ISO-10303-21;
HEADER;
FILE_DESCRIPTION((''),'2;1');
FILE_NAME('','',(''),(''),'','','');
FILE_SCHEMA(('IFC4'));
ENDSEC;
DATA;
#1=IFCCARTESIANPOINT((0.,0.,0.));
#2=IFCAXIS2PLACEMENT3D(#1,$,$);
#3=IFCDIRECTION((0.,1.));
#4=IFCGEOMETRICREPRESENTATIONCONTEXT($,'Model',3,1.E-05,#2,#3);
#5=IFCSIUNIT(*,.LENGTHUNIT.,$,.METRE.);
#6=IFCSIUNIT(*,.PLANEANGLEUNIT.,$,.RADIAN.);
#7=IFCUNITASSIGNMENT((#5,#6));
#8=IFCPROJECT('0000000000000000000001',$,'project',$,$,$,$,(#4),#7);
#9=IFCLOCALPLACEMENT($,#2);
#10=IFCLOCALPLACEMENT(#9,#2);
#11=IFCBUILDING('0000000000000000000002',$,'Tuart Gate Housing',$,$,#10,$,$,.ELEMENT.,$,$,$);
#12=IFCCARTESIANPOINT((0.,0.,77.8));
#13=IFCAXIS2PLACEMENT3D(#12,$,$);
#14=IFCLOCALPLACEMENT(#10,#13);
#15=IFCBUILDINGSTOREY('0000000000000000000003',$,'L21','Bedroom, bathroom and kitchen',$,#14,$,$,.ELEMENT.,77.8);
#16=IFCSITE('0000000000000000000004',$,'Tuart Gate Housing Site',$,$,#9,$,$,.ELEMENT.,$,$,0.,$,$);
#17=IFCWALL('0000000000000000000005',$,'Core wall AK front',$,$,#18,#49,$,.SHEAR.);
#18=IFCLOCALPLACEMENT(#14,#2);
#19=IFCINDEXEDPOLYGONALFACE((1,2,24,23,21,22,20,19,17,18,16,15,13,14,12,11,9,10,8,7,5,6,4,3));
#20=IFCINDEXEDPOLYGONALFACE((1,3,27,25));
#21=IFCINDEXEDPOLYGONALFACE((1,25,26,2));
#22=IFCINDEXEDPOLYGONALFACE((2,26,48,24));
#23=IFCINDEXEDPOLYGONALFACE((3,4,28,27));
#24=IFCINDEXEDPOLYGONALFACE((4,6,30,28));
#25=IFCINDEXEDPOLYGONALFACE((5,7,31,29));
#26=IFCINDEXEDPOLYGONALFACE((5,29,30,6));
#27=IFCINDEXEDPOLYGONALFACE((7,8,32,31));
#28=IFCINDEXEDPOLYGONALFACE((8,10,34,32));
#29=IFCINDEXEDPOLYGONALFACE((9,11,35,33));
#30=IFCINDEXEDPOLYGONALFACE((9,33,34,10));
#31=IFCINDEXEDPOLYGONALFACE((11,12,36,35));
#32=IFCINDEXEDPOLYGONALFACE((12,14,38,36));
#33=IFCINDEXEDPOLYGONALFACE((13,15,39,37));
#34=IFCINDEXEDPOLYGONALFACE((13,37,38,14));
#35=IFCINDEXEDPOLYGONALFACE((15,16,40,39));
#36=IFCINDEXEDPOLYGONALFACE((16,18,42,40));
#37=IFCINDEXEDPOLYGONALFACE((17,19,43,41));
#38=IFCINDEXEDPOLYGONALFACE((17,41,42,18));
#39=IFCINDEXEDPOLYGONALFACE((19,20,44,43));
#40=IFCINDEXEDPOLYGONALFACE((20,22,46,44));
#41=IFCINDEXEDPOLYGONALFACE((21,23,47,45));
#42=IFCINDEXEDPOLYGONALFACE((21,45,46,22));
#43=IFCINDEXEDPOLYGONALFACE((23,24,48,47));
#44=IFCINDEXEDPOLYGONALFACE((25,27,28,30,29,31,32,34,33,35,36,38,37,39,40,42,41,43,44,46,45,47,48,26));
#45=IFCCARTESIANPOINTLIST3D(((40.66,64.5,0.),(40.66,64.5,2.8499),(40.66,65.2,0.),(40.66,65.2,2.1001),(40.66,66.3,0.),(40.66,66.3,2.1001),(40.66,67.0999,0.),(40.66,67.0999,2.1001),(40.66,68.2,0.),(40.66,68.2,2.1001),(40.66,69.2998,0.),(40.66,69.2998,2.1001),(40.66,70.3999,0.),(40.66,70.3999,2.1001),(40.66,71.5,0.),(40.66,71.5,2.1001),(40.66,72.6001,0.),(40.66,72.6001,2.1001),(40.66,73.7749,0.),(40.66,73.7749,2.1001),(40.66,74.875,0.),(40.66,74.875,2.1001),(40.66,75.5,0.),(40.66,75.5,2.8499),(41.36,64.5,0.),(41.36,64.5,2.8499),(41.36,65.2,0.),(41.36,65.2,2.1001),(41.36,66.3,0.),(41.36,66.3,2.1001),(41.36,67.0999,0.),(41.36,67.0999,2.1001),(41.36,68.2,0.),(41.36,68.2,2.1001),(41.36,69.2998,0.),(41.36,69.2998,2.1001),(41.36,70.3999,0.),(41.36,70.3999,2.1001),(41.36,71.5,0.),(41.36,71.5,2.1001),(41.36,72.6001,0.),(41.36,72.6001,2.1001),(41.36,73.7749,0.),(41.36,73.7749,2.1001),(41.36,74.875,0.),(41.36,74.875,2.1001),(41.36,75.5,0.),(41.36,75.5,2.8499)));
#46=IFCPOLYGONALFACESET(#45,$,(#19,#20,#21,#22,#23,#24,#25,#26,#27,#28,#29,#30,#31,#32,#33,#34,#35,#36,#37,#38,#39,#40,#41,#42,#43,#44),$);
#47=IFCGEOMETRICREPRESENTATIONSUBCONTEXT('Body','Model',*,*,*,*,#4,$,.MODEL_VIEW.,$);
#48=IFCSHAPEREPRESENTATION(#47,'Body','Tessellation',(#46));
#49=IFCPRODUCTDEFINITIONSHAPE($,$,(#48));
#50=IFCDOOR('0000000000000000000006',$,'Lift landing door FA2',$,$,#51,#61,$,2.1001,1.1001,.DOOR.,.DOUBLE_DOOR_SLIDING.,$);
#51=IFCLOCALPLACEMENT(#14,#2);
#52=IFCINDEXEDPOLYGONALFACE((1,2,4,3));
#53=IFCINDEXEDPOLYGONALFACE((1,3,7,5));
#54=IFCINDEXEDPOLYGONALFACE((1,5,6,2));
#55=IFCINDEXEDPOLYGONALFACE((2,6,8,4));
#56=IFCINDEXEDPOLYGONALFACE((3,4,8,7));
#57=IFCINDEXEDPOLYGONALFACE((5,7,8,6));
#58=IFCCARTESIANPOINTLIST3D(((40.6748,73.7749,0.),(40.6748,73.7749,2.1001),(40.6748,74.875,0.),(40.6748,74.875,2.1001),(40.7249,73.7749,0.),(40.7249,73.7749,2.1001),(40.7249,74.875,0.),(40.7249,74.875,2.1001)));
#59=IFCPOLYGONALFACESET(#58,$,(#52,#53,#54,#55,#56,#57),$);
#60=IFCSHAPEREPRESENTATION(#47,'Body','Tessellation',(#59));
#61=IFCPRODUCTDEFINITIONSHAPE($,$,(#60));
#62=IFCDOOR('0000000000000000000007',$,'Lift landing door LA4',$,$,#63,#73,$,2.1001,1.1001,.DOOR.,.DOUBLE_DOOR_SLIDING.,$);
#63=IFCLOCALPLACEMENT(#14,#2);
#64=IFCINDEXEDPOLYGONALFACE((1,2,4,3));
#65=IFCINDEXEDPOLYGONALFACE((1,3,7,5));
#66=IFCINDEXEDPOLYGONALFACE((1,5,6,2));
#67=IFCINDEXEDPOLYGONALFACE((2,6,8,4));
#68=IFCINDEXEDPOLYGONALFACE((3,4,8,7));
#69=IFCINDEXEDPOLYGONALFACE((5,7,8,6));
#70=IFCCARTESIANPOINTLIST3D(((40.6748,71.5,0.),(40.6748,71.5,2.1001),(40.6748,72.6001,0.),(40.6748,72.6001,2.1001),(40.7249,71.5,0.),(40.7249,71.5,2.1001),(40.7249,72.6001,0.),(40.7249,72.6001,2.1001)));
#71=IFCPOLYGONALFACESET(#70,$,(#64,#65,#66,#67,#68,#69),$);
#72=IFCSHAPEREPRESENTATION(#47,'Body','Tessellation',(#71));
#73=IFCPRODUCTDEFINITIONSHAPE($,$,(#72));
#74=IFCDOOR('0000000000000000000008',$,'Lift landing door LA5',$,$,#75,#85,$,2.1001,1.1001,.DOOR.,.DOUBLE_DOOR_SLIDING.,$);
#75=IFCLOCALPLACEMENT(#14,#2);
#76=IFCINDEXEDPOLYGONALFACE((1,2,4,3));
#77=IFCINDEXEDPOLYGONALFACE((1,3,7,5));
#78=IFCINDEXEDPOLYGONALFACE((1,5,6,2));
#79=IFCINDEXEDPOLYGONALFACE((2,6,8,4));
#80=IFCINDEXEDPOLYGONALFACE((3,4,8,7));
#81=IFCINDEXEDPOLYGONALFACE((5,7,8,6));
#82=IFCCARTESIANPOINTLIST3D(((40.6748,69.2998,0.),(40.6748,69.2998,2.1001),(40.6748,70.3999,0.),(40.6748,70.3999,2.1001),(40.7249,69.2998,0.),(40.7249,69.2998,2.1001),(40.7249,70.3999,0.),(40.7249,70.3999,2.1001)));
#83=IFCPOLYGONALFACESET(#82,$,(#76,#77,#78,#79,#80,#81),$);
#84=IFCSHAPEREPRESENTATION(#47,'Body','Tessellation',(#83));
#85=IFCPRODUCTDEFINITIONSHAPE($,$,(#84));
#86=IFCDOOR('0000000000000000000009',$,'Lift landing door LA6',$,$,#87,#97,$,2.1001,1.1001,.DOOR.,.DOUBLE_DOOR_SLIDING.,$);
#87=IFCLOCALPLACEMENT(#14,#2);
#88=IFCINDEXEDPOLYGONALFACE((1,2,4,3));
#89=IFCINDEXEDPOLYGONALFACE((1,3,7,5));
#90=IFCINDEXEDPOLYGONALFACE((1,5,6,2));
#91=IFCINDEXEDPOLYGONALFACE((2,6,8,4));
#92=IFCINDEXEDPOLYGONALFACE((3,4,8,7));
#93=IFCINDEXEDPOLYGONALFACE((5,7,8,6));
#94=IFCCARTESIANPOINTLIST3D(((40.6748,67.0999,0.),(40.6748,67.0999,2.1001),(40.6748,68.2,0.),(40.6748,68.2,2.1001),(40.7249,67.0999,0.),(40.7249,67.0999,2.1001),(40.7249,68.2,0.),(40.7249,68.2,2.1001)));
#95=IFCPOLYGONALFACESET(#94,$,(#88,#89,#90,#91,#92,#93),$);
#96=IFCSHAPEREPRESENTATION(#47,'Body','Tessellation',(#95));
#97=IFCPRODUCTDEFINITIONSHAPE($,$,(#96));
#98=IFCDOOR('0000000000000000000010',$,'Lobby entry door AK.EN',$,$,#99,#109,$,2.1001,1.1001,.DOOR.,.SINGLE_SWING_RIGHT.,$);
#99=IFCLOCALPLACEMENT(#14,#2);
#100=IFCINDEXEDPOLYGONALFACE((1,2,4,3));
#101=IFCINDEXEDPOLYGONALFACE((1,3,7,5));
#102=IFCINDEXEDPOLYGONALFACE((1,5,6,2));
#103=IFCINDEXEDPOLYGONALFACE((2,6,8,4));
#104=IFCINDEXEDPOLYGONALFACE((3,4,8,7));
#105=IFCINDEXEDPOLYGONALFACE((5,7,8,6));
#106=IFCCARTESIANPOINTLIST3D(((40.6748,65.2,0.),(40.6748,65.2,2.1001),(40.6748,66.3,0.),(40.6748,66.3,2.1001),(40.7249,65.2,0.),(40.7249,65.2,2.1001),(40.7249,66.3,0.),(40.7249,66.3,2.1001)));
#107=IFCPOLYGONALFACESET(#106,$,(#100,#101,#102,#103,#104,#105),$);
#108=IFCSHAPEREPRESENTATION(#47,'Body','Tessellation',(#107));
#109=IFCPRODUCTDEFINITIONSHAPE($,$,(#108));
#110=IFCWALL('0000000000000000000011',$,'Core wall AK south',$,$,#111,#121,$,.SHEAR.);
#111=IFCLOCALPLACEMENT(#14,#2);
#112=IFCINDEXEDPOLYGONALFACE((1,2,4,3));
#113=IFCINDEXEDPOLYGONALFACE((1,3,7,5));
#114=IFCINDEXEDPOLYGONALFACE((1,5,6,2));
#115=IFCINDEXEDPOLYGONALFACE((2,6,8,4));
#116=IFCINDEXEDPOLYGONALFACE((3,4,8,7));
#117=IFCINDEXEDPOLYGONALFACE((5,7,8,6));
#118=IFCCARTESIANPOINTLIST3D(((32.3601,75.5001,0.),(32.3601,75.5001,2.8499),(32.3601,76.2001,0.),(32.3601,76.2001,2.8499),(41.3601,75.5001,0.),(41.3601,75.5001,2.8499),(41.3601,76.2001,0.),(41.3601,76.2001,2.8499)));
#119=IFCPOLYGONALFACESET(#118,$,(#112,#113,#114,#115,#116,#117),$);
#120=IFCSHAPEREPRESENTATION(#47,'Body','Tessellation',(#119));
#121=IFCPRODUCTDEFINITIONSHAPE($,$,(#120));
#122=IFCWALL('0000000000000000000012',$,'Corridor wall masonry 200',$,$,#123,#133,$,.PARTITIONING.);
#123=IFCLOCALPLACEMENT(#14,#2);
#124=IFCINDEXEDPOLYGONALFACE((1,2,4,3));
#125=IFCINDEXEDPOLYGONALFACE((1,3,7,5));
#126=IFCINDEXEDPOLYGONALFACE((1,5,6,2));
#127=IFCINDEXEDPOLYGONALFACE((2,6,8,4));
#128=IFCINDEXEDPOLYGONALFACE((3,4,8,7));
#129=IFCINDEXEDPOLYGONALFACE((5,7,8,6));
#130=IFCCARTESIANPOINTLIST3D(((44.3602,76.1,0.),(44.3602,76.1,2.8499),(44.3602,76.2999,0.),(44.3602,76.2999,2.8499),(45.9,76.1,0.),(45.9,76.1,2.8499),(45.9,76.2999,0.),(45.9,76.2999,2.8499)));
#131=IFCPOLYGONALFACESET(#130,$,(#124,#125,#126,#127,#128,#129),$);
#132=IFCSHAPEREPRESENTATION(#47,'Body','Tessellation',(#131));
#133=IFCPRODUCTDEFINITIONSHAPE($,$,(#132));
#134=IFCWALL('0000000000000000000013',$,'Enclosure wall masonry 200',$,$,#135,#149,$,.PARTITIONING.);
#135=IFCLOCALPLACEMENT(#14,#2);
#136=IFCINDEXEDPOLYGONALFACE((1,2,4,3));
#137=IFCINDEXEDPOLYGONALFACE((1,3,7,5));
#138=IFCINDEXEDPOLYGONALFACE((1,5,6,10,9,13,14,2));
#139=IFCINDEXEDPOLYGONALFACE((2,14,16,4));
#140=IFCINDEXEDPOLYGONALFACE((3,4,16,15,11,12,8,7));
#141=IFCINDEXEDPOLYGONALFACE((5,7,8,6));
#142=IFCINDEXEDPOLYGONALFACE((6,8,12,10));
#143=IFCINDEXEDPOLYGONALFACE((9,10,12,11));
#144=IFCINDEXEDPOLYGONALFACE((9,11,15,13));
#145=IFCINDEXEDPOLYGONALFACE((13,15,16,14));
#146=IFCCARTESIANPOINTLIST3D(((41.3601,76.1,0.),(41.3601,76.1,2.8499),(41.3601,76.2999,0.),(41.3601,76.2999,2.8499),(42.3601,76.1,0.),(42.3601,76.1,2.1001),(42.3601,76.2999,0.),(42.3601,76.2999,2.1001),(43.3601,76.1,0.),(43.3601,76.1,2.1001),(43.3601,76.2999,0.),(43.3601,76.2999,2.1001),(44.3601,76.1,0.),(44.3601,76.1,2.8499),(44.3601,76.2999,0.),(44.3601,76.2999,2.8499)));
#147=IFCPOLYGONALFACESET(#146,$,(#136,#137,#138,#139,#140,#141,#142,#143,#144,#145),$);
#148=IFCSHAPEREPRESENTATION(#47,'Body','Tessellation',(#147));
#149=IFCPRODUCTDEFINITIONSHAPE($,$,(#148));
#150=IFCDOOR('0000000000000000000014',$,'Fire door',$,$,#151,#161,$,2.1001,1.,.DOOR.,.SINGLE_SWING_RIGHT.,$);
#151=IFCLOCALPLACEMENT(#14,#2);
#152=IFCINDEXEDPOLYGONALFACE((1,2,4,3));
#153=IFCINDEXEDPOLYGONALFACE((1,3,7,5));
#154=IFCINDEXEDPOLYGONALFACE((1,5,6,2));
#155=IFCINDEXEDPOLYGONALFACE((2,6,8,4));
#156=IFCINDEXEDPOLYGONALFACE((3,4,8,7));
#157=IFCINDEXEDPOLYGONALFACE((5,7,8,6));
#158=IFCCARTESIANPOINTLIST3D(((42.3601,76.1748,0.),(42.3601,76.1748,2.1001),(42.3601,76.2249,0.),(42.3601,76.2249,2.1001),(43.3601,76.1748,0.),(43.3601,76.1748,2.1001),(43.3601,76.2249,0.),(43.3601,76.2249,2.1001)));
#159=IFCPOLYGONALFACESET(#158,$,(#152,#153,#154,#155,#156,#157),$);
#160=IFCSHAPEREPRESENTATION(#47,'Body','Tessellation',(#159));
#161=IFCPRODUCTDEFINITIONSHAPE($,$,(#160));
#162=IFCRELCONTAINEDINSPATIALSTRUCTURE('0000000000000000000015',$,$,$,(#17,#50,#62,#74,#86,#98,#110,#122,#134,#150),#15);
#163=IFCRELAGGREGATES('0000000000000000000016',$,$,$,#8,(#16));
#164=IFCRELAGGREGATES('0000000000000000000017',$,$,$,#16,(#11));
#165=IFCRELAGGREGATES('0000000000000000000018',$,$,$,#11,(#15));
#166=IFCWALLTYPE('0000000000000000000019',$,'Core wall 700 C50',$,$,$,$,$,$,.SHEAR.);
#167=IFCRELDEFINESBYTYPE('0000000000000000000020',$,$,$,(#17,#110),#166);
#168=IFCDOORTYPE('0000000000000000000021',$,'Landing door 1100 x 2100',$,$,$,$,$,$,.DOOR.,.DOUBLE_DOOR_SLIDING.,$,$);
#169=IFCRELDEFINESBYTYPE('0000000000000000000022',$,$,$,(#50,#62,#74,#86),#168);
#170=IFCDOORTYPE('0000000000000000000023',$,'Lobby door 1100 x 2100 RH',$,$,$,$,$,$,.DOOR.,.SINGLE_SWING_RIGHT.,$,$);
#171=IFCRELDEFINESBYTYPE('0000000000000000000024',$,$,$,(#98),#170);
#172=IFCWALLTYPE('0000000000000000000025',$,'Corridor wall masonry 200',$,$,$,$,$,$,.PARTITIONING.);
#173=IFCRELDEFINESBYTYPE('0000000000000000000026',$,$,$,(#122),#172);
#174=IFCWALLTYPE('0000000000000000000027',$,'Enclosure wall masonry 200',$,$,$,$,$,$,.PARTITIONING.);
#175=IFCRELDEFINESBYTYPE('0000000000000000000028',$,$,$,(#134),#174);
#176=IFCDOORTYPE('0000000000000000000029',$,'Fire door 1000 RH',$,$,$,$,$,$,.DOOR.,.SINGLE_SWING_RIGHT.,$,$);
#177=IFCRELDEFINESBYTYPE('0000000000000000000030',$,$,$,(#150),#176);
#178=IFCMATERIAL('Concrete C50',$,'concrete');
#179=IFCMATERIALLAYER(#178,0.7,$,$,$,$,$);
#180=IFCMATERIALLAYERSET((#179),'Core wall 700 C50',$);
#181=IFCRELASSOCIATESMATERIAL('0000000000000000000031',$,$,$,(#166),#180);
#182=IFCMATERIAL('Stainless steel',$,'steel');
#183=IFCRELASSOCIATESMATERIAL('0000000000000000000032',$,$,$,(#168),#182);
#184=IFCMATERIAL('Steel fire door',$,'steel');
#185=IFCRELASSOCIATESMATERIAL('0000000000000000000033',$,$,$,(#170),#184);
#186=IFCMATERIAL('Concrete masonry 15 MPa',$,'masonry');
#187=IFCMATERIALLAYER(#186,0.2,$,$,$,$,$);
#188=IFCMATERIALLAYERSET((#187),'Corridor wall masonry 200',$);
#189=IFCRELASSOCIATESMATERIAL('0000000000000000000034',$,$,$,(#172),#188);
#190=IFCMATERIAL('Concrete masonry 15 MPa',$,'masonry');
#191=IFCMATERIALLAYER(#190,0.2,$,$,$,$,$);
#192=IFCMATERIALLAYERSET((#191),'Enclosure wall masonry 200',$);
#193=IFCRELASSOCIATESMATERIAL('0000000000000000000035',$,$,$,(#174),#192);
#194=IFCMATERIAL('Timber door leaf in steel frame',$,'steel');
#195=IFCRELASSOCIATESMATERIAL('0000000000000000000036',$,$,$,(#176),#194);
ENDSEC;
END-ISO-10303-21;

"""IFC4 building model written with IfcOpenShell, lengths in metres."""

from ifc_helpers import new_model, si_unit, direction, frame, frame_2d, origin, place, context, subcontext, project, spatial, rectangle, extrude, material, layer, layer_set, type_object, element, fill, save


model = new_model("IFC4")

# Units and contexts
model_context = context("Model", 3, precision=1e-05, world=origin(), true_north=direction((0.0, 1.0)))
body_context = subcontext(model_context, "Body", "Model", "MODEL_VIEW")
ifc_project = project(units=[si_unit("LENGTHUNIT", "METRE"), si_unit("PLANEANGLEUNIT", "RADIAN")], contexts=[model_context])

# Site, building, storey
site_placement = place(None, origin())
site = spatial("IfcSite", under=ifc_project, at=site_placement, Name="Tuart Gate Housing Site", CompositionType="ELEMENT", RefElevation=0.0)
building_placement = place(site_placement, origin())
building = spatial("IfcBuilding", under=site, at=building_placement, Name="Tuart Gate Housing", CompositionType="ELEMENT")
storey_placement = place(building_placement, frame((0.0, 0.0, 77.8)))
storey = spatial("IfcBuildingStorey", under=building, at=storey_placement, Name="L21", Description="Bedroom, bathroom and kitchen", CompositionType="ELEMENT", Elevation=77.8)

# Wall, openings, doors
ifc_material_1 = material(Name="Concrete C50", Category="concrete")
ifc_layer_1 = layer(ifc_material_1, 0.7)
ifc_layer_set_1 = layer_set([ifc_layer_1], Name="Core wall 700 C50")
wall_type_1 = type_object("IfcWallType", Name="Core wall 700 C50", PredefinedType="SHEAR", material=ifc_layer_set_1)
wall_1_placement = place(storey_placement, frame((41.01, 75.5, 0.0), z_axis=(0.0, 0.0, 1.0), x_axis=(0.0, -1.0, 0.0)))
wall_1 = element("IfcWall", 1, at=wall_1_placement, inside=storey, type_object=wall_type_1, Name="Core wall AK front", PredefinedType="SHEAR", context=body_context, shape_type="SweptSolid", body=[
    extrude(rectangle(XDim=11.0, YDim=0.7, at=frame_2d((5.5, 0.0))), origin(), (0.0, 0.0, 1.0), 2.8499),
])
opening_1_placement = place(wall_1_placement, frame((0.625, 0.0, 0.0)))
opening_1 = element("IfcOpeningElement", 2, at=opening_1_placement, cuts=wall_1, PredefinedType="OPENING", context=body_context, shape_type="SweptSolid", body=[
    extrude(rectangle(XDim=1.1001, YDim=2.1001, at=frame_2d((0.55, 1.05))), frame((0.0, 0.3599, 0.0), z_axis=(0.0, -1.0, 0.0), x_axis=(1.0, 0.0, 0.0)), (0.0, 0.0, 1.0), 0.72),
])
opening_2_placement = place(wall_1_placement, frame((2.8999, 0.0, 0.0)))
opening_2 = element("IfcOpeningElement", 3, at=opening_2_placement, cuts=wall_1, PredefinedType="OPENING", context=body_context, shape_type="SweptSolid", body=[
    extrude(rectangle(XDim=1.1001, YDim=2.1001, at=frame_2d((0.55, 1.05))), frame((0.0, 0.3599, 0.0), z_axis=(0.0, -1.0, 0.0), x_axis=(1.0, 0.0, 0.0)), (0.0, 0.0, 1.0), 0.72),
])
opening_3_placement = place(wall_1_placement, frame((5.1001, 0.0, 0.0)))
opening_3 = element("IfcOpeningElement", 4, at=opening_3_placement, cuts=wall_1, PredefinedType="OPENING", context=body_context, shape_type="SweptSolid", body=[
    extrude(rectangle(XDim=1.1001, YDim=2.1001, at=frame_2d((0.55, 1.05))), frame((0.0, 0.3599, 0.0), z_axis=(0.0, -1.0, 0.0), x_axis=(1.0, 0.0, 0.0)), (0.0, 0.0, 1.0), 0.72),
])
opening_4_placement = place(wall_1_placement, frame((7.3, 0.0, 0.0)))
opening_4 = element("IfcOpeningElement", 5, at=opening_4_placement, cuts=wall_1, PredefinedType="OPENING", context=body_context, shape_type="SweptSolid", body=[
    extrude(rectangle(XDim=1.1001, YDim=2.1001, at=frame_2d((0.55, 1.05))), frame((0.0, 0.3599, 0.0), z_axis=(0.0, -1.0, 0.0), x_axis=(1.0, 0.0, 0.0)), (0.0, 0.0, 1.0), 0.72),
])
opening_5_placement = place(wall_1_placement, frame((9.2, 0.0, 0.0)))
opening_5 = element("IfcOpeningElement", 6, at=opening_5_placement, cuts=wall_1, PredefinedType="OPENING", context=body_context, shape_type="SweptSolid", body=[
    extrude(rectangle(XDim=1.1001, YDim=2.1001, at=frame_2d((0.55, 1.05))), frame((0.0, 0.3599, 0.0), z_axis=(0.0, -1.0, 0.0), x_axis=(1.0, 0.0, 0.0)), (0.0, 0.0, 1.0), 0.72),
])
ifc_material_2 = material(Name="Stainless steel", Category="steel")
door_type_1 = type_object("IfcDoorType", Name="Landing door 1100 x 2100", OperationType="DOUBLE_DOOR_SLIDING", PredefinedType="DOOR", material=ifc_material_2)
door_1_placement = place(opening_1_placement, origin())
door_1 = element("IfcDoor", 7, at=door_1_placement, inside=storey, type_object=door_type_1, Name="Lift landing door FA2", OperationType="DOUBLE_DOOR_SLIDING", OverallHeight=2.1001, OverallWidth=1.1001, PredefinedType="DOOR", context=body_context, shape_type="SweptSolid", body=[
    extrude(rectangle(XDim=1.1001, YDim=2.1001, at=frame_2d((0.55, 1.05))), frame((0.0, -0.2852, 0.0), z_axis=(0.0, -1.0, 0.0), x_axis=(1.0, 0.0, 0.0)), (0.0, 0.0, 1.0), 0.05),
])
fill(opening_1, door_1)
door_2_placement = place(opening_2_placement, origin())
door_2 = element("IfcDoor", 8, at=door_2_placement, inside=storey, type_object=door_type_1, Name="Lift landing door LA4", OperationType="DOUBLE_DOOR_SLIDING", OverallHeight=2.1001, OverallWidth=1.1001, PredefinedType="DOOR", context=body_context, shape_type="SweptSolid", body=[
    extrude(rectangle(XDim=1.1001, YDim=2.1001, at=frame_2d((0.55, 1.05))), frame((0.0, -0.2852, 0.0), z_axis=(0.0, -1.0, 0.0), x_axis=(1.0, 0.0, 0.0)), (0.0, 0.0, 1.0), 0.05),
])
fill(opening_2, door_2)
door_3_placement = place(opening_3_placement, origin())
door_3 = element("IfcDoor", 9, at=door_3_placement, inside=storey, type_object=door_type_1, Name="Lift landing door LA5", OperationType="DOUBLE_DOOR_SLIDING", OverallHeight=2.1001, OverallWidth=1.1001, PredefinedType="DOOR", context=body_context, shape_type="SweptSolid", body=[
    extrude(rectangle(XDim=1.1001, YDim=2.1001, at=frame_2d((0.55, 1.05))), frame((0.0, -0.2852, 0.0), z_axis=(0.0, -1.0, 0.0), x_axis=(1.0, 0.0, 0.0)), (0.0, 0.0, 1.0), 0.05),
])
fill(opening_3, door_3)
door_4_placement = place(opening_4_placement, origin())
door_4 = element("IfcDoor", 10, at=door_4_placement, inside=storey, type_object=door_type_1, Name="Lift landing door LA6", OperationType="DOUBLE_DOOR_SLIDING", OverallHeight=2.1001, OverallWidth=1.1001, PredefinedType="DOOR", context=body_context, shape_type="SweptSolid", body=[
    extrude(rectangle(XDim=1.1001, YDim=2.1001, at=frame_2d((0.55, 1.05))), frame((0.0, -0.2852, 0.0), z_axis=(0.0, -1.0, 0.0), x_axis=(1.0, 0.0, 0.0)), (0.0, 0.0, 1.0), 0.05),
])
fill(opening_4, door_4)
ifc_material_3 = material(Name="Steel fire door", Category="steel")
door_type_2 = type_object("IfcDoorType", Name="Lobby door 1100 x 2100 RH", OperationType="SINGLE_SWING_RIGHT", PredefinedType="DOOR", material=ifc_material_3)
door_5_placement = place(opening_5_placement, frame((1.1001, 0.0, 0.0), z_axis=(0.0, 0.0, 1.0), x_axis=(-1.0, 0.0, 0.0)))
door_5 = element("IfcDoor", 11, at=door_5_placement, inside=storey, type_object=door_type_2, Name="Lobby entry door AK.EN", OperationType="SINGLE_SWING_RIGHT", OverallHeight=2.1001, OverallWidth=1.1001, PredefinedType="DOOR", context=body_context, shape_type="SweptSolid", body=[
    extrude(rectangle(XDim=1.1001, YDim=2.1001, at=frame_2d((0.55, 1.05))), frame((0.0, 0.3352, 0.0), z_axis=(0.0, -1.0, 0.0), x_axis=(1.0, 0.0, 0.0)), (0.0, 0.0, 1.0), 0.05),
])
fill(opening_5, door_5)

# Walls
wall_2_placement = place(storey_placement, frame((41.3601, 75.8501, 0.0), z_axis=(0.0, 0.0, 1.0), x_axis=(-1.0, 0.0, 0.0)))
element("IfcWall", 12, at=wall_2_placement, inside=storey, type_object=wall_type_1, Name="Core wall AK south", PredefinedType="SHEAR", context=body_context, shape_type="SweptSolid", body=[
    extrude(rectangle(XDim=9.0, YDim=0.7, at=frame_2d((4.5, 0.0))), origin(), (0.0, 0.0, 1.0), 2.8499),
])
ifc_material_4 = material(Name="Concrete masonry 15 MPa", Category="masonry")
ifc_layer_2 = layer(ifc_material_4, 0.2)
ifc_layer_set_2 = layer_set([ifc_layer_2], Name="Corridor wall masonry 200")
wall_type_2 = type_object("IfcWallType", Name="Corridor wall masonry 200", PredefinedType="PARTITIONING", material=ifc_layer_set_2)
wall_3_placement = place(storey_placement, frame((44.3601, 76.2, 0.0), z_axis=(0.0, 0.0, 1.0), x_axis=(1.0, 0.0, 0.0)))
element("IfcWall", 13, at=wall_3_placement, inside=storey, type_object=wall_type_2, Name="Corridor wall masonry 200", PredefinedType="PARTITIONING", context=body_context, shape_type="SweptSolid", body=[
    extrude(rectangle(XDim=1.5398, YDim=0.2, at=frame_2d((0.77, 0.0))), origin(), (0.0, 0.0, 1.0), 2.8499),
])

# Wall, opening, door
ifc_material_5 = material(Name="Concrete masonry 15 MPa", Category="masonry")
ifc_layer_3 = layer(ifc_material_5, 0.2)
ifc_layer_set_3 = layer_set([ifc_layer_3], Name="Enclosure wall masonry 200")
wall_type_3 = type_object("IfcWallType", Name="Enclosure wall masonry 200", PredefinedType="PARTITIONING", material=ifc_layer_set_3)
wall_4_placement = place(storey_placement, frame((41.3601, 76.2, 0.0), z_axis=(0.0, 0.0, 1.0), x_axis=(1.0, 0.0, 0.0)))
wall_4 = element("IfcWall", 14, at=wall_4_placement, inside=storey, type_object=wall_type_3, Name="Enclosure wall masonry 200", PredefinedType="PARTITIONING", context=body_context, shape_type="SweptSolid", body=[
    extrude(rectangle(XDim=3.0, YDim=0.2, at=frame_2d((1.5, 0.0))), origin(), (0.0, 0.0, 1.0), 2.8499),
])
opening_6_placement = place(wall_4_placement, frame((1.0, 0.0, 0.0)))
opening_6 = element("IfcOpeningElement", 15, at=opening_6_placement, cuts=wall_4, PredefinedType="OPENING", context=body_context, shape_type="SweptSolid", body=[
    extrude(rectangle(XDim=1.0, YDim=2.1001, at=frame_2d((0.5, 1.05))), frame((0.0, 0.1099, 0.0), z_axis=(0.0, -1.0, 0.0), x_axis=(1.0, 0.0, 0.0)), (0.0, 0.0, 1.0), 0.22),
])
ifc_material_6 = material(Name="Timber door leaf in steel frame", Category="steel")
door_type_3 = type_object("IfcDoorType", Name="Fire door 1000 RH", OperationType="SINGLE_SWING_RIGHT", PredefinedType="DOOR", material=ifc_material_6)
door_6_placement = place(opening_6_placement, origin())
door_6 = element("IfcDoor", 16, at=door_6_placement, inside=storey, type_object=door_type_3, Name="Fire door", OperationType="SINGLE_SWING_RIGHT", OverallHeight=2.1001, OverallWidth=1.0, PredefinedType="DOOR", context=body_context, shape_type="SweptSolid", body=[
    extrude(rectangle(XDim=1.0, YDim=2.1001, at=frame_2d((0.5, 1.05))), frame((0.0, 0.0249, 0.0), z_axis=(0.0, -1.0, 0.0), x_axis=(1.0, 0.0, 0.0)), (0.0, 0.0, 1.0), 0.05),
])
fill(opening_6, door_6)

save(model, "model.ifc")
